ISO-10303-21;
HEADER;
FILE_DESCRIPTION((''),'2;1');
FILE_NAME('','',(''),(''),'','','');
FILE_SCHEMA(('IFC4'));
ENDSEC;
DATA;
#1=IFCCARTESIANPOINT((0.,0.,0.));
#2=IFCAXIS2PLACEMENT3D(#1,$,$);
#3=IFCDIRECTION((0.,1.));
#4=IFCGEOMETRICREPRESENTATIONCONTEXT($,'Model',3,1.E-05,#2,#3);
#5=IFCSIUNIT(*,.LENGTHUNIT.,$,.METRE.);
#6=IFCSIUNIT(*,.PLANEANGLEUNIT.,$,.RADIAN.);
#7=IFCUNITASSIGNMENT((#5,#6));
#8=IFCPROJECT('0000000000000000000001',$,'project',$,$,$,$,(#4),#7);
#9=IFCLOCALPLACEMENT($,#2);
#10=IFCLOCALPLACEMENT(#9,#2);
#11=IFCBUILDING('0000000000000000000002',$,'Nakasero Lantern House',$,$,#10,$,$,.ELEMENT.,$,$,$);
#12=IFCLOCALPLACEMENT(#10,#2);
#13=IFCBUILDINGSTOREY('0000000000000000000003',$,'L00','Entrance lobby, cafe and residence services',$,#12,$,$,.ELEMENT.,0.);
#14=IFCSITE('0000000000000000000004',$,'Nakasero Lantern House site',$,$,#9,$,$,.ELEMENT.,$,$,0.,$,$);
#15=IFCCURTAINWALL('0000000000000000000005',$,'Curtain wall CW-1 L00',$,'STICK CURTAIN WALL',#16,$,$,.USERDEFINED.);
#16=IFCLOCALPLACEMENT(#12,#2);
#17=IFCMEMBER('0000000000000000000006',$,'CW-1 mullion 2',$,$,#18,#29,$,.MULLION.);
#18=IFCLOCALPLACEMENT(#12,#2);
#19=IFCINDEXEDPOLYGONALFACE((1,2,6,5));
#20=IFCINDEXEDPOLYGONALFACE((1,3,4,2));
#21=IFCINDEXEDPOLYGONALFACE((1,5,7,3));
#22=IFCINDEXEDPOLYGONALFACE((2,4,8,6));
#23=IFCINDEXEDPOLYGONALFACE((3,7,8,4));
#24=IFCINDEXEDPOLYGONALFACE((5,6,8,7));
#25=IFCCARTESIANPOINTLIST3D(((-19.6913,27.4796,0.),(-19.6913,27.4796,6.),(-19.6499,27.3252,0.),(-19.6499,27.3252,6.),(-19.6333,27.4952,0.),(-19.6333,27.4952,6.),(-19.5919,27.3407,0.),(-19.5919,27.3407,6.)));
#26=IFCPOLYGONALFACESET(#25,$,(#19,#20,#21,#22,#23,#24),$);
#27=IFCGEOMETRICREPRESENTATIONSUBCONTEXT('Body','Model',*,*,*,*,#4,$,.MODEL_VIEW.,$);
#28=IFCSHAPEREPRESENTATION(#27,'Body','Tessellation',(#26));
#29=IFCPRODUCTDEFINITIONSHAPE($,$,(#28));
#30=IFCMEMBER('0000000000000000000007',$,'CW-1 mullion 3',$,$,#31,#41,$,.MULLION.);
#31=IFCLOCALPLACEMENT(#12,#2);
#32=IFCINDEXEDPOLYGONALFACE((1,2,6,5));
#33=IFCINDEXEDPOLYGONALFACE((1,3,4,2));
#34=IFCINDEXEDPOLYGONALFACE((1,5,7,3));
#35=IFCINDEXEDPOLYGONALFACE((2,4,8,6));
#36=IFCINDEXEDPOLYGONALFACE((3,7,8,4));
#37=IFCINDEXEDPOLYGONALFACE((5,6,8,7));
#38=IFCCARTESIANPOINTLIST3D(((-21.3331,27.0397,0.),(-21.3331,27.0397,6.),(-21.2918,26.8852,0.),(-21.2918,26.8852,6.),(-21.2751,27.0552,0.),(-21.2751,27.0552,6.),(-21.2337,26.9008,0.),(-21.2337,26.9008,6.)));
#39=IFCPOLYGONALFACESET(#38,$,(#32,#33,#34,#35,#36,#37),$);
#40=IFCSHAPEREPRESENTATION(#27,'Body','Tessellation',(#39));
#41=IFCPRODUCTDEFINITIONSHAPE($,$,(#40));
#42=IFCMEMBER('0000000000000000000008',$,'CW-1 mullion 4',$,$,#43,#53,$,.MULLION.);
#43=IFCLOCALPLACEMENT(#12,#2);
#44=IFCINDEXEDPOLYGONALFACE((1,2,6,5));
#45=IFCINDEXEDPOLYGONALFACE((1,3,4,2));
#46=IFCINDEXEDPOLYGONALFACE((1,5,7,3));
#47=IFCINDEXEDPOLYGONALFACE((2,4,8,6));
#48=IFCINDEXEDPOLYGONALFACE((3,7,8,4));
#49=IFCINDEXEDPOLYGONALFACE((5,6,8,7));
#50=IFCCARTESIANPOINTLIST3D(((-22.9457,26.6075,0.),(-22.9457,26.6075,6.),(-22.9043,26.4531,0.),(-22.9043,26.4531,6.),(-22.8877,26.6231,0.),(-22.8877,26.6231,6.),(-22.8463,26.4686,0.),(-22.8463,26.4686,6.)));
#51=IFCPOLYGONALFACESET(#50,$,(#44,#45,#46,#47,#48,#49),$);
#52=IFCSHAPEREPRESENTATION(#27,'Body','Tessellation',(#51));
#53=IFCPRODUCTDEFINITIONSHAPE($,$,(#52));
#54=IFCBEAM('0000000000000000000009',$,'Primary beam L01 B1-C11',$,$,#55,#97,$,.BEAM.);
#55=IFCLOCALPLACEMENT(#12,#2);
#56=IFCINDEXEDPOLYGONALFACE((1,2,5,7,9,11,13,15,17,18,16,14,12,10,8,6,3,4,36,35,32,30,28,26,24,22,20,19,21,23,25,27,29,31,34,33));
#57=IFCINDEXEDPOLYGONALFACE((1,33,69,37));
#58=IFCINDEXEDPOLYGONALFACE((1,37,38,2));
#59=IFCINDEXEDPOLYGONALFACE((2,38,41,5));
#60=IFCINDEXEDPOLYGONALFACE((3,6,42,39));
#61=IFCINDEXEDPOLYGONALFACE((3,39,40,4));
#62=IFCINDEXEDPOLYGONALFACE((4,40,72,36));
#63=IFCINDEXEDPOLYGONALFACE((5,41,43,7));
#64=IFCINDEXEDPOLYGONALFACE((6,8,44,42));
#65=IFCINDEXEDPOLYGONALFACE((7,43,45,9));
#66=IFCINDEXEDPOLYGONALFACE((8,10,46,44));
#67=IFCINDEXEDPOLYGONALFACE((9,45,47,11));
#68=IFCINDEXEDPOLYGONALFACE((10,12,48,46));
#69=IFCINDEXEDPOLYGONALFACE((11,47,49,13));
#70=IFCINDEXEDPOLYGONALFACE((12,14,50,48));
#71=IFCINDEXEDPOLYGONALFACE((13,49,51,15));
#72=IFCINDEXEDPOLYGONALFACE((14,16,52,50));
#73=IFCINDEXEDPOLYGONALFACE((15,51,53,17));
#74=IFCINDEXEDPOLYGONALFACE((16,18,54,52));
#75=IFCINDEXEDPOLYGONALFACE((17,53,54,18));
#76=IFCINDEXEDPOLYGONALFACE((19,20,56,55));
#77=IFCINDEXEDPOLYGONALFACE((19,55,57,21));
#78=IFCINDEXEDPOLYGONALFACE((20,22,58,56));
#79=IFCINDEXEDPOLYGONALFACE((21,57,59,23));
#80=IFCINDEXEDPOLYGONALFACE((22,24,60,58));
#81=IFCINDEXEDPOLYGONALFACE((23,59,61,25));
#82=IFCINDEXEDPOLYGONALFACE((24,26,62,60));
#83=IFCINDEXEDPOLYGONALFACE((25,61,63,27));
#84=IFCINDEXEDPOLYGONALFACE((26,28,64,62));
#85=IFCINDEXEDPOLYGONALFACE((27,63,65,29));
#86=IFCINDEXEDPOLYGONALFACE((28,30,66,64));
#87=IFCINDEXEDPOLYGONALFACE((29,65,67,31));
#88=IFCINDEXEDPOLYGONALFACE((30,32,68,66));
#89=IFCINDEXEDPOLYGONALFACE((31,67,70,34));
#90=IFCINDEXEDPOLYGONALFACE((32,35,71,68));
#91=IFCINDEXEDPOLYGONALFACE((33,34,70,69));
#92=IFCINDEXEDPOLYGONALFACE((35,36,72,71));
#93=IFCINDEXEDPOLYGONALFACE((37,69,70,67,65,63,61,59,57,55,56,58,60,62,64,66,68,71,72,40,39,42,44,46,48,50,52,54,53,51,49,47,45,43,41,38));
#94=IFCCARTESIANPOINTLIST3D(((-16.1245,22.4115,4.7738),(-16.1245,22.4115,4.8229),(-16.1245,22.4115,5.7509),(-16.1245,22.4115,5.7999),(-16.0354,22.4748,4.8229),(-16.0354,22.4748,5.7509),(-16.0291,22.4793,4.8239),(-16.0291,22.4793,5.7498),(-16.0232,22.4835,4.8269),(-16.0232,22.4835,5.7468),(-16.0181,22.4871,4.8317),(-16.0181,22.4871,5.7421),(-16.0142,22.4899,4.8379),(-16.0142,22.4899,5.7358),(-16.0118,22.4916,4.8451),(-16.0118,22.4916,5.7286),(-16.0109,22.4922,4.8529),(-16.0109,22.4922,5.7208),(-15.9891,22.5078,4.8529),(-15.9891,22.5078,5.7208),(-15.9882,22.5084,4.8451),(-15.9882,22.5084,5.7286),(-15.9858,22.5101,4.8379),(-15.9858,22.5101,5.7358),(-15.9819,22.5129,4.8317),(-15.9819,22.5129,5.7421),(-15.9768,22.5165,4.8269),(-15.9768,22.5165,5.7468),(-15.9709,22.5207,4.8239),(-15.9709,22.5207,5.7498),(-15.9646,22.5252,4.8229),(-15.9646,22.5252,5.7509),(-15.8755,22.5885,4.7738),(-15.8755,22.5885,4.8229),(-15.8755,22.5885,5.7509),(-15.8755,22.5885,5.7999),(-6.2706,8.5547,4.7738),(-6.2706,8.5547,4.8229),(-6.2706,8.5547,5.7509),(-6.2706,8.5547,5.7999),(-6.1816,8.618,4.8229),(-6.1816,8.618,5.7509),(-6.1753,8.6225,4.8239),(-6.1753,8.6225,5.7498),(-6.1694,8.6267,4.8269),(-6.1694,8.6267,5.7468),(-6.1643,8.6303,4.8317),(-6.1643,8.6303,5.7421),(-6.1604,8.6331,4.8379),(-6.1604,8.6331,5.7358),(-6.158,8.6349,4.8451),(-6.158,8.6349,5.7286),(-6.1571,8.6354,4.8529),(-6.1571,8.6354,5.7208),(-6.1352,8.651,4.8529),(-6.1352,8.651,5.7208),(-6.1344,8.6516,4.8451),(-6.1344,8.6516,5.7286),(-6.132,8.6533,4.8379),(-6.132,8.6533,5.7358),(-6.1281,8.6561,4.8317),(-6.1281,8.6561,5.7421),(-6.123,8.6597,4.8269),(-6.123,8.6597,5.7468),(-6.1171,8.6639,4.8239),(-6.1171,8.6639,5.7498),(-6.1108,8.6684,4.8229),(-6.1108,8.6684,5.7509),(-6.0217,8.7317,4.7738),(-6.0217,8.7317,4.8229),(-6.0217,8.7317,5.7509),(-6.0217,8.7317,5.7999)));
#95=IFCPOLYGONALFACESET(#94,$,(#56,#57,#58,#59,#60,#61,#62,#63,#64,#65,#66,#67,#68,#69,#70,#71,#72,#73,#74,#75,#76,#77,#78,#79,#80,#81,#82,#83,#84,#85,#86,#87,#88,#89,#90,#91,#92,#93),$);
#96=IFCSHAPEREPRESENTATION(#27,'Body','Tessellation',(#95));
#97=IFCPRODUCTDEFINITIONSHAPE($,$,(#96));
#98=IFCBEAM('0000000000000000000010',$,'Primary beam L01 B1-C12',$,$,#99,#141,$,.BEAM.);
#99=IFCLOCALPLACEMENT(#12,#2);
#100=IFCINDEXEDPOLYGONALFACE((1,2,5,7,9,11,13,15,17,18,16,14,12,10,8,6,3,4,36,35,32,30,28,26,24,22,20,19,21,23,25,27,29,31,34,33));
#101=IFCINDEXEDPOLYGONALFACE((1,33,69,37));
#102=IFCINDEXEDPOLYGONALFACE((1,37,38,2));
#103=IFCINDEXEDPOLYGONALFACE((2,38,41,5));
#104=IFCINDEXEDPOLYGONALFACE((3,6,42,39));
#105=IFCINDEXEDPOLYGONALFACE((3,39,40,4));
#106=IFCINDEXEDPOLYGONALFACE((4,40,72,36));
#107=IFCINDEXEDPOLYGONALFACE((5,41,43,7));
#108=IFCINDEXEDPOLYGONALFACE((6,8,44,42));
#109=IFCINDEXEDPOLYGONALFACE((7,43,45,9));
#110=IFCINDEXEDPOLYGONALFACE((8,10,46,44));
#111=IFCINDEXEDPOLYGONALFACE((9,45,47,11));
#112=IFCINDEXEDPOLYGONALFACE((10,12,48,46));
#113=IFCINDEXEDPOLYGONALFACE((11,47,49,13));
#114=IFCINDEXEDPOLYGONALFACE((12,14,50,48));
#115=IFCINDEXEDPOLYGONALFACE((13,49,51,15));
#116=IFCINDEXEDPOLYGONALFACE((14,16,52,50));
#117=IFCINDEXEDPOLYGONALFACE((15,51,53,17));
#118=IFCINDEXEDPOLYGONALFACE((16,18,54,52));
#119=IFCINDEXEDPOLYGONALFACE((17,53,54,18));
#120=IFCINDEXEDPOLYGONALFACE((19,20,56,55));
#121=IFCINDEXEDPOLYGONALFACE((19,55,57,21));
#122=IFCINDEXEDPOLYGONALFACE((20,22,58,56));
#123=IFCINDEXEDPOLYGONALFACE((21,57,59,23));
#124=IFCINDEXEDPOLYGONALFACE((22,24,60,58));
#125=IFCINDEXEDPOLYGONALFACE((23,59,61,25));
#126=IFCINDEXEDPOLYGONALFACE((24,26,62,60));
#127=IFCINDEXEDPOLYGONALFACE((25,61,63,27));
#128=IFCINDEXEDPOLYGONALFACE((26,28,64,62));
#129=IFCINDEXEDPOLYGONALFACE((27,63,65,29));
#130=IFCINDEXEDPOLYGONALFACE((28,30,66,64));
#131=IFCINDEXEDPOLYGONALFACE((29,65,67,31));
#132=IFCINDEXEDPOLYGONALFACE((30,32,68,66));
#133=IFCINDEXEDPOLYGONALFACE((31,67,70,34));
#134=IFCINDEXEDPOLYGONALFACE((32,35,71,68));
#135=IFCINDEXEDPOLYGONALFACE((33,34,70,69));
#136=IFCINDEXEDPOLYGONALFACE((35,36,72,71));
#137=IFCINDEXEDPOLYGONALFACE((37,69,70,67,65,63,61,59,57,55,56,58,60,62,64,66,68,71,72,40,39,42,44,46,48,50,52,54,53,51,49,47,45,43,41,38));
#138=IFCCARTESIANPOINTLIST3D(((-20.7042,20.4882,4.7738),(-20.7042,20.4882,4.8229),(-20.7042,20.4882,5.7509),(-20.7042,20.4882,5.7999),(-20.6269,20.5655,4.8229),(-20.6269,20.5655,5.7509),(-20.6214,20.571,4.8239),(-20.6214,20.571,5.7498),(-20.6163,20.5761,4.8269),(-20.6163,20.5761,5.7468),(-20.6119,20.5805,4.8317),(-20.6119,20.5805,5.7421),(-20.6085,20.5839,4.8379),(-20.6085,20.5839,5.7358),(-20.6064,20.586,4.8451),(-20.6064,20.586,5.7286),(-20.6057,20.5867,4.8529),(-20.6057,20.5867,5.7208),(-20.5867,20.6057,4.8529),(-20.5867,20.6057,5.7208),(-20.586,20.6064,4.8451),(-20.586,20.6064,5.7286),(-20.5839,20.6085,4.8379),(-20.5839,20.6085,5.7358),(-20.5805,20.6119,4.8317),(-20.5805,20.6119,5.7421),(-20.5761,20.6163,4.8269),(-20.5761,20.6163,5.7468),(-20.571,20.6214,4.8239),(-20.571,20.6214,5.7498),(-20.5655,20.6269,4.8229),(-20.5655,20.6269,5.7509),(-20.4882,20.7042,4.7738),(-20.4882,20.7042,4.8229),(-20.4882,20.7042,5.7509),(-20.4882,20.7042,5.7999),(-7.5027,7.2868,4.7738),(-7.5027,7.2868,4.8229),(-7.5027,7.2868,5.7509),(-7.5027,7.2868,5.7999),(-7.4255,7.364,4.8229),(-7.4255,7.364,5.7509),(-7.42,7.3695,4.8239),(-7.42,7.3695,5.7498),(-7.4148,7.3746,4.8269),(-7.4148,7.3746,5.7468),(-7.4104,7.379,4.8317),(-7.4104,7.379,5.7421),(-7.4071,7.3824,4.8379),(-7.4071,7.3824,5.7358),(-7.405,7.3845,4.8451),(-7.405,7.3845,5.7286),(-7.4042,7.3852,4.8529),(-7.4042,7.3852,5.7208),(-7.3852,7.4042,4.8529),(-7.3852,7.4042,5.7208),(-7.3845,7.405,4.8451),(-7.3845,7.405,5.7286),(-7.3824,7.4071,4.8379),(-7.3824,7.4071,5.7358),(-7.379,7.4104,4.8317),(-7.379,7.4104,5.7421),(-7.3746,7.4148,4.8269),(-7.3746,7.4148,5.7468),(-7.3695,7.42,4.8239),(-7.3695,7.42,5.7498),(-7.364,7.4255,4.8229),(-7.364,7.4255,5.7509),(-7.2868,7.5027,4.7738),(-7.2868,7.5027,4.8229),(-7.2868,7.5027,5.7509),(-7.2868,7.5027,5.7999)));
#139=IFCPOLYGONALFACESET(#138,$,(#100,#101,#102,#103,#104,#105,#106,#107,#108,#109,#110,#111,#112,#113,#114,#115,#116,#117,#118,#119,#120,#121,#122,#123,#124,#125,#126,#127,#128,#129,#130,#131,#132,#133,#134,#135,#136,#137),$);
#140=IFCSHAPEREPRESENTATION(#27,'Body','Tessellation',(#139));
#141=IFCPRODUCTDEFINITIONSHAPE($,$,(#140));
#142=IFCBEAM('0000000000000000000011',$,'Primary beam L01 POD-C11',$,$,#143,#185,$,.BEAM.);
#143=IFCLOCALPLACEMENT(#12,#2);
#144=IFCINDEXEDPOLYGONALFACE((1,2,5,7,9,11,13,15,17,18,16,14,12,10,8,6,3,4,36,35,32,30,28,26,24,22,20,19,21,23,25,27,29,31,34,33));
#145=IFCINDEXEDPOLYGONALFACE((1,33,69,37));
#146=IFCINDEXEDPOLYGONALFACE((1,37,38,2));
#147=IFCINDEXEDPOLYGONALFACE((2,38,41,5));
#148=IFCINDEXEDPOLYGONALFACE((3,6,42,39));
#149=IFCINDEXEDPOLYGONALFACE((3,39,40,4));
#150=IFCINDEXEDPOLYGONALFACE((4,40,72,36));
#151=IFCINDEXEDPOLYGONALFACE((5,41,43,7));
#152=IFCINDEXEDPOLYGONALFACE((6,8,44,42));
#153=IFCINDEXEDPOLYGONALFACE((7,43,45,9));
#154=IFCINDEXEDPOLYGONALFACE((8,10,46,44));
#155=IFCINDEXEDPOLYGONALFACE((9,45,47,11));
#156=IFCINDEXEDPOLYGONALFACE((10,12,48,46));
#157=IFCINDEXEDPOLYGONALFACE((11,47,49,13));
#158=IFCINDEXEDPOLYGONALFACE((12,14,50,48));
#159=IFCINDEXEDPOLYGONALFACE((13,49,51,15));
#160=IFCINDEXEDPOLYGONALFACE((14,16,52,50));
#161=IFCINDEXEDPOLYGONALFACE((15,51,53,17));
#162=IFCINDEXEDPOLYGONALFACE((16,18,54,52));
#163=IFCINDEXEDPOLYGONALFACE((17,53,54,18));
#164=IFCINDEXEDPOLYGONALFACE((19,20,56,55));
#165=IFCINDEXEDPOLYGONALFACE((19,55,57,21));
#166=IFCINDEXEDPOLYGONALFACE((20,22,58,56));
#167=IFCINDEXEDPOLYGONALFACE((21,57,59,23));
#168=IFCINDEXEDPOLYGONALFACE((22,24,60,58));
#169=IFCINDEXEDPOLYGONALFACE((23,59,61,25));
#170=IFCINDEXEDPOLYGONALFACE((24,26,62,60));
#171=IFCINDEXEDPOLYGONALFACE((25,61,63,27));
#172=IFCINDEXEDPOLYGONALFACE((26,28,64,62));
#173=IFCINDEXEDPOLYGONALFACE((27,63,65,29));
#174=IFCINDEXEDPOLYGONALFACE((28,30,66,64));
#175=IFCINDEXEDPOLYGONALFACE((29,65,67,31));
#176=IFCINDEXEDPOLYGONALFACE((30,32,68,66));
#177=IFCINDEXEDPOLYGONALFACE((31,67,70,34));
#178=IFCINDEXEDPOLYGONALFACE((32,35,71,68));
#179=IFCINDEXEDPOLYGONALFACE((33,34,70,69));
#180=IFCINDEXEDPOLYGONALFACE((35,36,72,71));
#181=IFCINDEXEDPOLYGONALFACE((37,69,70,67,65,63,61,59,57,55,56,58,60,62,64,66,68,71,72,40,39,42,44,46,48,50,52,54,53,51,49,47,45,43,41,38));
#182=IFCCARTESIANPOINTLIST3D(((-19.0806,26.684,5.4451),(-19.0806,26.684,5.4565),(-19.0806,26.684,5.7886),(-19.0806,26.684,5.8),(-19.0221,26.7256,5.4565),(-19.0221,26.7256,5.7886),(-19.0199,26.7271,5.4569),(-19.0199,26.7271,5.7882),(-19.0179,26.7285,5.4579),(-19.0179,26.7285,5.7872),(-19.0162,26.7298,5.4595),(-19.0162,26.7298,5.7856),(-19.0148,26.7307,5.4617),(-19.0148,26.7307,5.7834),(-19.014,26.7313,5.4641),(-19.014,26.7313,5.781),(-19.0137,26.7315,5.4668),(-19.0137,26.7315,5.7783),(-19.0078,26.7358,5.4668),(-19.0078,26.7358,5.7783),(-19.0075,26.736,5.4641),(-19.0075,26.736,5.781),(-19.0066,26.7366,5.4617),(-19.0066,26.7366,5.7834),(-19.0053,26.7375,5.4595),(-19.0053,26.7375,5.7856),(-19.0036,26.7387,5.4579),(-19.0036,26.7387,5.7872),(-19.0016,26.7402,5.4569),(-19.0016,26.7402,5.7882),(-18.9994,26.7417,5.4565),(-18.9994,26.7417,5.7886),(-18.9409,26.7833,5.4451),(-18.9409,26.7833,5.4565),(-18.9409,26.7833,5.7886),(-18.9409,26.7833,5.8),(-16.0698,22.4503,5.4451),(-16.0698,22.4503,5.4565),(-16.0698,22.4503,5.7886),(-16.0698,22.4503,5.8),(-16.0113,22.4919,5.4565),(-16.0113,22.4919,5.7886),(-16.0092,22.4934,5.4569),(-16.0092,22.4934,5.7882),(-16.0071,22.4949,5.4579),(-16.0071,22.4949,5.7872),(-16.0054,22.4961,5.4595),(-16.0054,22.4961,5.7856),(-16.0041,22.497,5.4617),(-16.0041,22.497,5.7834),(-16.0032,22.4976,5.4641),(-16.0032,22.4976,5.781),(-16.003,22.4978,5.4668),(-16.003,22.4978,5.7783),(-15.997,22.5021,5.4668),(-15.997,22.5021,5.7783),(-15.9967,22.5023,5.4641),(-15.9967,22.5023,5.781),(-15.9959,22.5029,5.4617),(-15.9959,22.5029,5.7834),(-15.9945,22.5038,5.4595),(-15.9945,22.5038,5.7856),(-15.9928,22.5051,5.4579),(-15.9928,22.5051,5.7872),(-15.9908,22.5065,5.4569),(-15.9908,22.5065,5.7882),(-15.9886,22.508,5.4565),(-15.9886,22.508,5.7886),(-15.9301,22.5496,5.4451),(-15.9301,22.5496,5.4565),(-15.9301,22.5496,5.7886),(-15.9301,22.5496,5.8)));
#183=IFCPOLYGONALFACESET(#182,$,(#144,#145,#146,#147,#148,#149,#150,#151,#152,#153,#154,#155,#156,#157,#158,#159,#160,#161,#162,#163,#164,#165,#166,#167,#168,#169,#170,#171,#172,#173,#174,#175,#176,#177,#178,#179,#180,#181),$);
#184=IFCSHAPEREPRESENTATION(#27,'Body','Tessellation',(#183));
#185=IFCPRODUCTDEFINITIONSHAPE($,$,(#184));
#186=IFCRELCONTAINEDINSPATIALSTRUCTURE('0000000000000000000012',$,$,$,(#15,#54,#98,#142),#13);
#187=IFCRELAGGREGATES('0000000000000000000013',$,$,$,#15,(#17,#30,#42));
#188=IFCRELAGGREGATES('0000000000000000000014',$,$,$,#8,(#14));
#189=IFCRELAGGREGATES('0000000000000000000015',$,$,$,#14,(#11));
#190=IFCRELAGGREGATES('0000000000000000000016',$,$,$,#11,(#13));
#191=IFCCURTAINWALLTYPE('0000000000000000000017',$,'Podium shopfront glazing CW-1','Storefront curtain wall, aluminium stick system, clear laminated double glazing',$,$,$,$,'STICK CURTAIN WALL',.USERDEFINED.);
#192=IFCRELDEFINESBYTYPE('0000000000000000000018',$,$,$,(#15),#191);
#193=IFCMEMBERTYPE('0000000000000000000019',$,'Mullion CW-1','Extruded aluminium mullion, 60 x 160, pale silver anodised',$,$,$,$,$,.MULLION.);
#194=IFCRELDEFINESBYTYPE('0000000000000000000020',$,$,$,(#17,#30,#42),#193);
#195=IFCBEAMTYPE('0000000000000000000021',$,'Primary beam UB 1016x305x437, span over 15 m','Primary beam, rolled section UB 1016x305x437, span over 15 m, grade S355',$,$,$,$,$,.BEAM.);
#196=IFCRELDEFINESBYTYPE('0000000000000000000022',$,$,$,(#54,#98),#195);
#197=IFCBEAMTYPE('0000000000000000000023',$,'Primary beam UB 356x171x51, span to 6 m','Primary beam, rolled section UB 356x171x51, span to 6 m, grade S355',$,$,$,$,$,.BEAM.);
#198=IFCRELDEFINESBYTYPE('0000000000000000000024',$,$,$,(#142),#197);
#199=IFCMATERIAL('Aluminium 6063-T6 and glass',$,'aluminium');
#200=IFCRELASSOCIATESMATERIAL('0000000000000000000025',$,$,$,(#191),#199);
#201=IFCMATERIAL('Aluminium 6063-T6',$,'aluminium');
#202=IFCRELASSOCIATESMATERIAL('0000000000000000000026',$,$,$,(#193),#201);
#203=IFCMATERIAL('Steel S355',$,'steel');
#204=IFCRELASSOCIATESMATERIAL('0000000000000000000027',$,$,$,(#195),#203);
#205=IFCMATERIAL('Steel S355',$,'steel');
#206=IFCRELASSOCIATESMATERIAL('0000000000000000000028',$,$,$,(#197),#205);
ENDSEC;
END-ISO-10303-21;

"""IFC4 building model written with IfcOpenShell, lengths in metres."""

from ifc_helpers import new_model, si_unit, direction, frame, origin, origin_2d, place, context, subcontext, project, spatial, rectangle, i_section, extrude, material, material_profile, profile_set, type_object, element, aggregate, save


model = new_model("IFC4")

# Units and contexts
model_context = context("Model", 3, precision=1e-05, world=origin(), true_north=direction((0.0, 1.0)))
body_context = subcontext(model_context, "Body", "Model", "MODEL_VIEW")
ifc_project = project(units=[si_unit("LENGTHUNIT", "METRE"), si_unit("PLANEANGLEUNIT", "RADIAN")], contexts=[model_context])

# Site, building, storey
site_placement = place(None, origin())
site = spatial("IfcSite", under=ifc_project, at=site_placement, Name="Nakasero Lantern House site", CompositionType="ELEMENT", RefElevation=0.0)
building_placement = place(site_placement, origin())
building = spatial("IfcBuilding", under=site, at=building_placement, Name="Nakasero Lantern House", CompositionType="ELEMENT")
storey_placement = place(building_placement, origin())
storey = spatial("IfcBuildingStorey", under=building, at=storey_placement, Name="L00", Description="Entrance lobby, cafe and residence services", CompositionType="ELEMENT", Elevation=0.0)

# Curtain wall, members
ifc_material_1 = material(Name="Aluminium 6063-T6 and glass", Category="aluminium")
curtain_wall_type = type_object("IfcCurtainWallType", Name="Podium shopfront glazing CW-1", Description="Storefront curtain wall, aluminium stick system, clear laminated double glazing", ElementType="STICK CURTAIN WALL", PredefinedType="USERDEFINED", material=ifc_material_1)
ifc_material_2 = material(Name="Aluminium 6063-T6", Category="aluminium")
ifc_material_profile_1 = material_profile(ifc_material_2, rectangle(XDim=0.0601, YDim=0.1599, at=origin_2d()), Name="CW-1 mullion 60x160")
ifc_profile_set_1 = profile_set([ifc_material_profile_1], Name="Aluminium 6063-T6")
member_type_1 = type_object("IfcMemberType", Name="Mullion CW-1", Description="Extruded aluminium mullion, 60 x 160, pale silver anodised", PredefinedType="MULLION", material=ifc_profile_set_1)
curtain_wall_1_placement = place(storey_placement, origin())
curtain_wall_1 = element("IfcCurtainWall", 1, at=curtain_wall_1_placement, inside=storey, type_object=curtain_wall_type, Name="Curtain wall CW-1 L00", ObjectType="STICK CURTAIN WALL", PredefinedType="USERDEFINED")
member_1_placement = place(storey_placement, frame((-19.6416, 27.4102, 0.0), z_axis=(0.0, 0.0, 1.0), x_axis=(-0.965926, -0.258819, 0.0)))
member_1 = element("IfcMember", 2, at=member_1_placement, type_object=member_type_1, Name="CW-1 mullion 2", PredefinedType="MULLION", context=body_context, shape_type="SweptSolid", body=[
    extrude(rectangle(XDim=0.0601, YDim=0.1599, at=origin_2d()), origin(), (0.0, 0.0, 1.0), 6.0),
])
member_2_placement = place(storey_placement, frame((-21.2834, 26.9702, 0.0), z_axis=(0.0, 0.0, 1.0), x_axis=(-0.965926, -0.258819, 0.0)))
member_2 = element("IfcMember", 3, at=member_2_placement, type_object=member_type_1, Name="CW-1 mullion 3", PredefinedType="MULLION", context=body_context, shape_type="SweptSolid", body=[
    extrude(rectangle(XDim=0.0601, YDim=0.1599, at=origin_2d()), origin(), (0.0, 0.0, 1.0), 6.0),
])
member_3_placement = place(storey_placement, frame((-22.896, 26.5381, 0.0), z_axis=(0.0, 0.0, 1.0), x_axis=(-0.965926, -0.258819, 0.0)))
member_3 = element("IfcMember", 4, at=member_3_placement, type_object=member_type_1, Name="CW-1 mullion 4", PredefinedType="MULLION", context=body_context, shape_type="SweptSolid", body=[
    extrude(rectangle(XDim=0.0601, YDim=0.1599, at=origin_2d()), origin(), (0.0, 0.0, 1.0), 6.0),
])

# Beams
ifc_material_3 = material(Name="Steel S355", Category="steel")
ifc_material_profile_2 = material_profile(ifc_material_3, i_section(OverallWidth=0.3054, OverallDepth=1.0261, WebThickness=0.0269, FlangeThickness=0.0491, FilletRadius=0.03, at=origin_2d()), Name="UB 1016x305x437")
ifc_profile_set_2 = profile_set([ifc_material_profile_2], Name="Steel S355")
beam_type_1 = type_object("IfcBeamType", Name="Primary beam UB 1016x305x437, span over 15 m", Description="Primary beam, rolled section UB 1016x305x437, span over 15 m, grade S355", PredefinedType="BEAM", material=ifc_profile_set_2)
beam_1_placement = place(storey_placement, frame((-16.0, 22.5, 5.2869), z_axis=(0.579528, -0.814952, 0.0), x_axis=(0.814952, 0.579528, 0.0)))
element("IfcBeam", 5, at=beam_1_placement, inside=storey, type_object=beam_type_1, Name="Primary beam L01 B1-C11", PredefinedType="BEAM", context=body_context, shape_type="SweptSolid", body=[
    extrude(i_section(OverallWidth=0.3054, OverallDepth=1.0261, WebThickness=0.0269, FlangeThickness=0.0491, FilletRadius=0.03, at=origin_2d()), origin(), (0.0, 0.0, 1.0), 17.0032),
])
beam_2_placement = place(storey_placement, frame((-20.5962, 20.5962, 5.2869), z_axis=(0.707107, -0.707107, 0.0), x_axis=(0.707107, 0.707107, 0.0)))
element("IfcBeam", 6, at=beam_2_placement, inside=storey, type_object=beam_type_1, Name="Primary beam L01 B1-C12", PredefinedType="BEAM", context=body_context, shape_type="SweptSolid", body=[
    extrude(i_section(OverallWidth=0.3054, OverallDepth=1.0261, WebThickness=0.0269, FlangeThickness=0.0491, FilletRadius=0.03, at=origin_2d()), origin(), (0.0, 0.0, 1.0), 18.6697),
])
ifc_material_4 = material(Name="Steel S355", Category="steel")
ifc_material_profile_3 = material_profile(ifc_material_4, i_section(OverallWidth=0.1714, OverallDepth=0.355, WebThickness=0.0073, FlangeThickness=0.0115, FilletRadius=0.0103, at=origin_2d()), Name="UB 356x171x51")
ifc_profile_set_3 = profile_set([ifc_material_profile_3], Name="Steel S355")
beam_type_2 = type_object("IfcBeamType", Name="Primary beam UB 356x171x51, span to 6 m", Description="Primary beam, rolled section UB 356x171x51, span to 6 m, grade S355", PredefinedType="BEAM", material=ifc_profile_set_3)
beam_3_placement = place(storey_placement, frame((-19.0107, 26.7336, 5.6226), z_axis=(0.579543, -0.814942, 0.0), x_axis=(0.814942, 0.579543, 0.0)))
element("IfcBeam", 7, at=beam_3_placement, inside=storey, type_object=beam_type_2, Name="Primary beam L01 POD-C11", PredefinedType="BEAM", context=body_context, shape_type="SweptSolid", body=[
    extrude(i_section(OverallWidth=0.1714, OverallDepth=0.355, WebThickness=0.0073, FlangeThickness=0.0115, FilletRadius=0.0103, at=origin_2d()), origin(), (0.0, 0.0, 1.0), 5.1951),
])

aggregate(curtain_wall_1, [member_1, member_2, member_3])

save(model, "model.ifc")
